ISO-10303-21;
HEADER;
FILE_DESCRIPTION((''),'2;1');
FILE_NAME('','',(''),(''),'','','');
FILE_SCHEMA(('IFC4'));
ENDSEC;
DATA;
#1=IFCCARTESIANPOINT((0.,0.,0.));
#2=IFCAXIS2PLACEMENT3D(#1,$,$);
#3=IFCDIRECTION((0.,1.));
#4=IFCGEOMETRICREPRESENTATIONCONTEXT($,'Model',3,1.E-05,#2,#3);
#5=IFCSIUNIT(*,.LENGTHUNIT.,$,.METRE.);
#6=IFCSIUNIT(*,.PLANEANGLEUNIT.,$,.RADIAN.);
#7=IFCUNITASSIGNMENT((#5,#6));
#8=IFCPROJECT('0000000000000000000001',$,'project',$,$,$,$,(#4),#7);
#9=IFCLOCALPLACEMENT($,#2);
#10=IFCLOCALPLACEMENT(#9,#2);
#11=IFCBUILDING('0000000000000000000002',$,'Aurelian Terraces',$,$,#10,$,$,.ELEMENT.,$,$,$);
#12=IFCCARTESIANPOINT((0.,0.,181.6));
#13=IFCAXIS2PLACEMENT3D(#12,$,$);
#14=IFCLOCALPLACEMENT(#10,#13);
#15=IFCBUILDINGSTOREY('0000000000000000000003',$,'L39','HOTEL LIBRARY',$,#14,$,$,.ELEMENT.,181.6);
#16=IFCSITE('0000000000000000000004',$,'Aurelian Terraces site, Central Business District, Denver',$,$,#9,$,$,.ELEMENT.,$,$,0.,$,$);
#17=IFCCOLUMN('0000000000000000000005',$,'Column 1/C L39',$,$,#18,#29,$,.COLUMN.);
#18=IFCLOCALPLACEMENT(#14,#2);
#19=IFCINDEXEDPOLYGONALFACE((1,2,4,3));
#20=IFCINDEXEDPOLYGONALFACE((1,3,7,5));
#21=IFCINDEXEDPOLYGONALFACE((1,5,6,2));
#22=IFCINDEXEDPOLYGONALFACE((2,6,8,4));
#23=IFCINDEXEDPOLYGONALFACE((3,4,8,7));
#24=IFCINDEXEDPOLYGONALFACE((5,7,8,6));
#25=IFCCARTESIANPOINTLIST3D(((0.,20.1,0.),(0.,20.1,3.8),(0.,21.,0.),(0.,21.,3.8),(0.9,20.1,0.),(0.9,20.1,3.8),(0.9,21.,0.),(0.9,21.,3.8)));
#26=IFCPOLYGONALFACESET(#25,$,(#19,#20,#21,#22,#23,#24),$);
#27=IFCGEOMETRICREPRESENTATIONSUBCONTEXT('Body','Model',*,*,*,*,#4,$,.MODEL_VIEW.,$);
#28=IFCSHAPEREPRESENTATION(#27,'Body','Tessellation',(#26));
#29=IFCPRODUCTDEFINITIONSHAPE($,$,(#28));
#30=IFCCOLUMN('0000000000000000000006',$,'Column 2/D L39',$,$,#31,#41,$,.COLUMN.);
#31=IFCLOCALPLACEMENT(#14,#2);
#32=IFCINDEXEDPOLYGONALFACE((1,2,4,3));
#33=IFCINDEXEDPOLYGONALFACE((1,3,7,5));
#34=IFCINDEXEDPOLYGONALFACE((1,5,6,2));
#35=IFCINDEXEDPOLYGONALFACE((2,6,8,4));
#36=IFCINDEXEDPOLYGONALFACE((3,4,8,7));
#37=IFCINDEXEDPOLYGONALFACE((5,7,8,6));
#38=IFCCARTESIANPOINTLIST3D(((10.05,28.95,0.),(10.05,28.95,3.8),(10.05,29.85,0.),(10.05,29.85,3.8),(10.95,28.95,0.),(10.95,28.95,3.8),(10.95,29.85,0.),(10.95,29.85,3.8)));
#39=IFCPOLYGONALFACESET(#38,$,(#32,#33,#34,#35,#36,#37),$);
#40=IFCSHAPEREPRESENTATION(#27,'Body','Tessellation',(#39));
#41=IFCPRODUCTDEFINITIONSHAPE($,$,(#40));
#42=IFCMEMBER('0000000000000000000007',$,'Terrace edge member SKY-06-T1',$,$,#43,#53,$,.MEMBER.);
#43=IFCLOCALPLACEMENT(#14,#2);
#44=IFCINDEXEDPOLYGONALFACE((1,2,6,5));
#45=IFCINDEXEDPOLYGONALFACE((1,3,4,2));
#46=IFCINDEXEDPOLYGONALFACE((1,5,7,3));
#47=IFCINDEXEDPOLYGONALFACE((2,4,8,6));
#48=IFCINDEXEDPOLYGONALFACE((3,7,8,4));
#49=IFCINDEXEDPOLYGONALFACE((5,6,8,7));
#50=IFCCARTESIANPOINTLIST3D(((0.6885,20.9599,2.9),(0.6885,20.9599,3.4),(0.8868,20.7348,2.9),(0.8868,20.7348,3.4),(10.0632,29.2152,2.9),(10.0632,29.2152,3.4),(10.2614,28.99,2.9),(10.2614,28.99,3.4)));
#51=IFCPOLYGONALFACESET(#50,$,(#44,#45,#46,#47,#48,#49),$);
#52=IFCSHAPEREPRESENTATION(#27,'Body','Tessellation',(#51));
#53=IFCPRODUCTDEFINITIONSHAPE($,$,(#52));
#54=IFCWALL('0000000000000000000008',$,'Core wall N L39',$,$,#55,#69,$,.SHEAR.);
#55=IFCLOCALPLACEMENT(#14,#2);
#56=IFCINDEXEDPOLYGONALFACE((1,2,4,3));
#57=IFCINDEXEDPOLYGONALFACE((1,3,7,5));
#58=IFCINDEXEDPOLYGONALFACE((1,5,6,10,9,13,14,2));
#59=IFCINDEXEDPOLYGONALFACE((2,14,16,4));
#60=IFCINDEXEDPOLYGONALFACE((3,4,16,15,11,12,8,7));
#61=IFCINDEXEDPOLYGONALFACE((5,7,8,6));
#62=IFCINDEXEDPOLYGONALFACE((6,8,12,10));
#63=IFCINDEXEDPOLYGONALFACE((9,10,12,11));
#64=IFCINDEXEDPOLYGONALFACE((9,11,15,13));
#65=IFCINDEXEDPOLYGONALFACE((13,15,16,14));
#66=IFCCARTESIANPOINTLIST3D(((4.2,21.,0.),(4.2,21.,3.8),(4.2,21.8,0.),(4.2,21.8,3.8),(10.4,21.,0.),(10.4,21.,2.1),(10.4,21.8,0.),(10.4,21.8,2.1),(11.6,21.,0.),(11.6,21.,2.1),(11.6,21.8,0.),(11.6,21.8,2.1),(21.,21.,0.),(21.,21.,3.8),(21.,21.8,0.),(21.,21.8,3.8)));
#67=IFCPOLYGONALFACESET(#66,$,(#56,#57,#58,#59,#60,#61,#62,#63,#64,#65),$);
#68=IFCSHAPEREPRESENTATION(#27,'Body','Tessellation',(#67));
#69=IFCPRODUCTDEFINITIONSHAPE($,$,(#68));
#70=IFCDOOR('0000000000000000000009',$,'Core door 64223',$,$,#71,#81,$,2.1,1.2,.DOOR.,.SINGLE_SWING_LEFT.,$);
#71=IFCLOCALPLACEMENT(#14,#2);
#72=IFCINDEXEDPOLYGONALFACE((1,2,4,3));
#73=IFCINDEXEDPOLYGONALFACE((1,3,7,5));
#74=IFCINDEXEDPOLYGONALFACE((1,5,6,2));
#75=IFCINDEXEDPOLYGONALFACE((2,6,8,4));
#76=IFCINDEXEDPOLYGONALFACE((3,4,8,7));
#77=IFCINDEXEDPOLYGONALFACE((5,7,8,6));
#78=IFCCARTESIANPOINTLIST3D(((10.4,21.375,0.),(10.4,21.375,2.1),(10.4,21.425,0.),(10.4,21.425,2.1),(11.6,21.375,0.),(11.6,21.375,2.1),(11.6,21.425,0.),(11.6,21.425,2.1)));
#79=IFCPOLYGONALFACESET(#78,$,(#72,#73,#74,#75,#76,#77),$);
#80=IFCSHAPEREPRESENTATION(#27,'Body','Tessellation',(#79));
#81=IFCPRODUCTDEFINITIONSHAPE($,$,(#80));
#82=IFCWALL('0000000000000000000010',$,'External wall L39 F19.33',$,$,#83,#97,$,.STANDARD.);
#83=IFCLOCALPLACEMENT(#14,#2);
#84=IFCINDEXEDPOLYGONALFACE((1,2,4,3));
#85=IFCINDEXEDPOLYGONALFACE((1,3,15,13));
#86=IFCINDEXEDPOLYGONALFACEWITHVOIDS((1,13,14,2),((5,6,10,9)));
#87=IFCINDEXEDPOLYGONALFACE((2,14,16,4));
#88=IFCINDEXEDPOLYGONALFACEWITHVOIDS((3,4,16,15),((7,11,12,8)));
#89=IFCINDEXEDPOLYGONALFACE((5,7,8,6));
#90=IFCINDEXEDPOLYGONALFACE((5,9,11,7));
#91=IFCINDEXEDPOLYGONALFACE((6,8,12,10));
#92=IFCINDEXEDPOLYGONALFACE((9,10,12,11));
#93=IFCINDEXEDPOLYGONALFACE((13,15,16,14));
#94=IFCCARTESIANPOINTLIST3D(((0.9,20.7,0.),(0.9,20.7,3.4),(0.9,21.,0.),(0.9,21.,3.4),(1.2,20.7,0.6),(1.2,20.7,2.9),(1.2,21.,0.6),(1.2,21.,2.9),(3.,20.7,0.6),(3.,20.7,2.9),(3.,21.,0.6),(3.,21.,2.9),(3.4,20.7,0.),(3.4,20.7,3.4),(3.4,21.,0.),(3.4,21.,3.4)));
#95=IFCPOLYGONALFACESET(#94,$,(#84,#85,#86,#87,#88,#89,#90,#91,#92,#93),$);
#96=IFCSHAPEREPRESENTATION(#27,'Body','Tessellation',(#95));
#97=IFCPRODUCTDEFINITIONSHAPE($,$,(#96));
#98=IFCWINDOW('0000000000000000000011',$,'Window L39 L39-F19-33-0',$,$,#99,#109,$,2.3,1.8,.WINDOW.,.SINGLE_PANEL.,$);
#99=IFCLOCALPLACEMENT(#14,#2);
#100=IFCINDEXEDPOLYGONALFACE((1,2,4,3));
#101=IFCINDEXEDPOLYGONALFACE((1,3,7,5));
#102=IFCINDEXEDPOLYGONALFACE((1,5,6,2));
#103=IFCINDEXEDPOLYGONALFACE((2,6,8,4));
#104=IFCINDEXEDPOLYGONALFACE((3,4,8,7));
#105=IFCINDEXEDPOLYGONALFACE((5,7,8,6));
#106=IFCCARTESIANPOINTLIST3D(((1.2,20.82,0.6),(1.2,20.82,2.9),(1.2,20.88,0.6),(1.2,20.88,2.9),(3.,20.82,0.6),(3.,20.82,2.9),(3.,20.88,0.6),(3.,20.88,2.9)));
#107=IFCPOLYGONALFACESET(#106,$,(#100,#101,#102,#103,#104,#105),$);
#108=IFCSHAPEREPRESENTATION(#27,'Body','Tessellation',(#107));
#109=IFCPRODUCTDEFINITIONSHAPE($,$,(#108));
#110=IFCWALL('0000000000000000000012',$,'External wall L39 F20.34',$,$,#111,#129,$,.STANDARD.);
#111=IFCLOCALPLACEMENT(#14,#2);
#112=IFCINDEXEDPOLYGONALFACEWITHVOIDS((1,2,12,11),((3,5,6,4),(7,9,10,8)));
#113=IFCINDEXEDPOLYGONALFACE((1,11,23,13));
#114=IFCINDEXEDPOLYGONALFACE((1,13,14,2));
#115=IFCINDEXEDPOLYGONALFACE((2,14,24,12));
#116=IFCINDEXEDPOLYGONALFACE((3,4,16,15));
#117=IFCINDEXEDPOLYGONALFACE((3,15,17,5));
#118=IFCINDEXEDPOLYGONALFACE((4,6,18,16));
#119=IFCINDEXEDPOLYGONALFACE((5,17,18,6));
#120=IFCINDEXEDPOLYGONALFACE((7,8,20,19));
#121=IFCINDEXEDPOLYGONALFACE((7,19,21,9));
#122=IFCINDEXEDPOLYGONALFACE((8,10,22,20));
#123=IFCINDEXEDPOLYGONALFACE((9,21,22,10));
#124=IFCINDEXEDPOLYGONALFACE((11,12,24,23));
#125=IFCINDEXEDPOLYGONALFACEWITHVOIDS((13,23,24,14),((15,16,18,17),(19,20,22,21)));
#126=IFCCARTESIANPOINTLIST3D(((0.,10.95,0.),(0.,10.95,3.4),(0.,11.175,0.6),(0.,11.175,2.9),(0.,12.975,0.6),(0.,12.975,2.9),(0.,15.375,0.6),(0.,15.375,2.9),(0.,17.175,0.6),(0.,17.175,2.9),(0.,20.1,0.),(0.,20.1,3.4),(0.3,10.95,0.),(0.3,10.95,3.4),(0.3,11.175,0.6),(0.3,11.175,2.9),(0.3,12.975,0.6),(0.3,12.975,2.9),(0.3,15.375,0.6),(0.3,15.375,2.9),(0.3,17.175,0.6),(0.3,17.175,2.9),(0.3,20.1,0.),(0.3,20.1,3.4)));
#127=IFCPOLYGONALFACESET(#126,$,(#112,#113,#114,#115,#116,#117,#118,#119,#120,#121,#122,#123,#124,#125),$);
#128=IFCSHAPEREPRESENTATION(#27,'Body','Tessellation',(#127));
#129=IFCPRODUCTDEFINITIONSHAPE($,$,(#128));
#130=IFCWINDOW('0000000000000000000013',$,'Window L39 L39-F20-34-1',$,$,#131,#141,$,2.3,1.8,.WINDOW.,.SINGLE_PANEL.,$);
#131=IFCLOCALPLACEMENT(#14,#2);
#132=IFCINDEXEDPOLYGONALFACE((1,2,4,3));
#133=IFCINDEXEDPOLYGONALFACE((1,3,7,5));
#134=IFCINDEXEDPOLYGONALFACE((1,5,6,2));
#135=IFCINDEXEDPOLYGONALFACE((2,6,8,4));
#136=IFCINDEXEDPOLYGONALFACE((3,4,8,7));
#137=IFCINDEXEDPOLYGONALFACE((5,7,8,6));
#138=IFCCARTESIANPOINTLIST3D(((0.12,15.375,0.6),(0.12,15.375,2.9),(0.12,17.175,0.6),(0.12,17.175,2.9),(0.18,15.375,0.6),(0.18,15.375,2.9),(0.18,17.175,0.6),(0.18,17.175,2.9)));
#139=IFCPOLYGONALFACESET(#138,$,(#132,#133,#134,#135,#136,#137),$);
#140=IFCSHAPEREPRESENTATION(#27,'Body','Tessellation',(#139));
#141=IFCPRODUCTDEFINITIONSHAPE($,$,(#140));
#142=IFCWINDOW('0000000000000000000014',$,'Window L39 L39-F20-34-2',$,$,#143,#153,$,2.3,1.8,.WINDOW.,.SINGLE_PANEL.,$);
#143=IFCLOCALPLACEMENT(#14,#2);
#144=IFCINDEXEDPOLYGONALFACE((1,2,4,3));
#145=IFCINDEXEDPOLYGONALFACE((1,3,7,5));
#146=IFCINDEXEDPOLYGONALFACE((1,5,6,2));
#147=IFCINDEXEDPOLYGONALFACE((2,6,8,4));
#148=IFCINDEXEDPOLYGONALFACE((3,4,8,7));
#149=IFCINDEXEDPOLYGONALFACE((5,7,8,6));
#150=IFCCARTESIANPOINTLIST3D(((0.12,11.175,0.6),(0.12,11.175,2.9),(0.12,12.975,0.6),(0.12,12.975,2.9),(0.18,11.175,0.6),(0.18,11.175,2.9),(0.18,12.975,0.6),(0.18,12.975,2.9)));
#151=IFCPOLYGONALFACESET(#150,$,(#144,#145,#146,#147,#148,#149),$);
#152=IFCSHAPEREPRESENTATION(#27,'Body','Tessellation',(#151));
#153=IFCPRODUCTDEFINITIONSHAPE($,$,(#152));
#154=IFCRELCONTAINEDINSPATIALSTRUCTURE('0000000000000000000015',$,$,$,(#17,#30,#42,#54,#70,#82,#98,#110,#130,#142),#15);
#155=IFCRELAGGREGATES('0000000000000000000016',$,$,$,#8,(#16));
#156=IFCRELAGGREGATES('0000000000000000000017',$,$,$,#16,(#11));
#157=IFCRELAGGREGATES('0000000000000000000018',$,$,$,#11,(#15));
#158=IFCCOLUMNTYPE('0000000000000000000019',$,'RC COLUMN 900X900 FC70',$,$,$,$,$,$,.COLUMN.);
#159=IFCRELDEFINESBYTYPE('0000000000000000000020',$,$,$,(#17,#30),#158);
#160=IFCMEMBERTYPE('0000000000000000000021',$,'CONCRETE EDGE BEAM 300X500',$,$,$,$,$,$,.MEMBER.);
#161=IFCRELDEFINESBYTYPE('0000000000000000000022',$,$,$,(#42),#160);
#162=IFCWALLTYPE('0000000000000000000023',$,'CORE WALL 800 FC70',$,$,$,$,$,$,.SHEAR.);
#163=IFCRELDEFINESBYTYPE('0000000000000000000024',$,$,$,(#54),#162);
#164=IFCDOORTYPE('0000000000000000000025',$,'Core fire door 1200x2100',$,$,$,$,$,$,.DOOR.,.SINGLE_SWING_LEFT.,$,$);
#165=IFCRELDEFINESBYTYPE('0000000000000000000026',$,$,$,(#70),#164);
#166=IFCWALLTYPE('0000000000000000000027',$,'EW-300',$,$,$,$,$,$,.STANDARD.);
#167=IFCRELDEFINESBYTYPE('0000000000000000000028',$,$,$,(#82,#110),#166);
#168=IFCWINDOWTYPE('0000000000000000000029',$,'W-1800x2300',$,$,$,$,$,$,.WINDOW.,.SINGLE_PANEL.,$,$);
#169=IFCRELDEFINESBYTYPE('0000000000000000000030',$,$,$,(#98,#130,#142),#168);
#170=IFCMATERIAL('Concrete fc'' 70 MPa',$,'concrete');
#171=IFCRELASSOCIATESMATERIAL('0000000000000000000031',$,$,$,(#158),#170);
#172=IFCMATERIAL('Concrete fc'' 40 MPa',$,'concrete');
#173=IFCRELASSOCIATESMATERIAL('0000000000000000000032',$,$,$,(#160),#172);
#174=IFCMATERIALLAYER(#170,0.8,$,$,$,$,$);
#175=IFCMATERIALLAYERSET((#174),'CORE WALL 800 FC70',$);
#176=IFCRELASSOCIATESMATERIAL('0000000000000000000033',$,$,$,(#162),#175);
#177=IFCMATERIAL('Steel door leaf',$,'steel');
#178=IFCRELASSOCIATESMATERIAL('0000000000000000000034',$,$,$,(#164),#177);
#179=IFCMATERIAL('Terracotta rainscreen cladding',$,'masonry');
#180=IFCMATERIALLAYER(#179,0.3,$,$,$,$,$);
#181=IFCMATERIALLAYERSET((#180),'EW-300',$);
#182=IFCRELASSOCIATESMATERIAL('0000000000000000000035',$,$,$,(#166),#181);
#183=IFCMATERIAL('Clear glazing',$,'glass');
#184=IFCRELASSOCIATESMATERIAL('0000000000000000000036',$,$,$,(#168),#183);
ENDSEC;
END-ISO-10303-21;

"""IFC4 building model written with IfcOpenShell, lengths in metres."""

from ifc_helpers import new_model, si_unit, direction, frame, frame_2d, origin, origin_2d, place, context, subcontext, project, spatial, rectangle, extrude, source, transform, mapped, material, layer, layer_set, material_profile, profile_set, type_object, element, fill, save


model = new_model("IFC4")

# Units and contexts
model_context = context("Model", 3, precision=1e-05, world=origin(), true_north=direction((0.0, 1.0)))
body_context = subcontext(model_context, "Body", "Model", "MODEL_VIEW")
ifc_project = project(units=[si_unit("LENGTHUNIT", "METRE"), si_unit("PLANEANGLEUNIT", "RADIAN")], contexts=[model_context])

# Site, building, storey
site_placement = place(None, origin())
site = spatial("IfcSite", under=ifc_project, at=site_placement, Name="Aurelian Terraces site, Central Business District, Denver", CompositionType="ELEMENT", RefElevation=0.0)
building_placement = place(site_placement, origin())
building = spatial("IfcBuilding", under=site, at=building_placement, Name="Aurelian Terraces", CompositionType="ELEMENT")
storey_placement = place(building_placement, frame((0.0, 0.0, 181.6)))
storey = spatial("IfcBuildingStorey", under=building, at=storey_placement, Name="L39", Description="HOTEL LIBRARY", CompositionType="ELEMENT", Elevation=181.6)

# Columns
ifc_material_1 = material(Name="Concrete fc' 70 MPa", Category="concrete")
ifc_material_profile_1 = material_profile(ifc_material_1, rectangle(XDim=0.9, YDim=0.9, at=origin_2d()))
ifc_profile_set_1 = profile_set([ifc_material_profile_1], Name="Concrete fc' 70 MPa")
column_type = type_object("IfcColumnType", Name="RC COLUMN 900X900 FC70", PredefinedType="COLUMN", material=ifc_profile_set_1)
shared_shape_1 = source(origin(), body_context, "Body", "SweptSolid", [
    extrude(rectangle(XDim=0.9, YDim=0.9, at=origin_2d()), origin(), (0.0, 0.0, 1.0), 3.8),
])
for number, where, z_axis, x_axis, name in (
    (1, (0.45, 20.55, 0.0), (0.0, 0.0, 1.0), (1.0, 0.0, 0.0), "Column 1/C L39"),
    (2, (10.5, 29.4, 0.0), (0.0, 0.0, 1.0), (1.0, 0.0, 0.0), "Column 2/D L39"),
):
    element("IfcColumn", number, at=place(storey_placement, frame(where, z_axis=z_axis, x_axis=x_axis)), inside=storey, type_object=column_type, Name=name, PredefinedType="COLUMN", context=body_context, shape_type="MappedRepresentation", body=[
        mapped(shared_shape_1, transform((0.0, 0.0, 0.0), scale=1.0)),
    ])

# Member
ifc_material_2 = material(Name="Concrete fc' 40 MPa", Category="concrete")
ifc_material_profile_2 = material_profile(ifc_material_2, rectangle(XDim=0.3, YDim=0.5, at=origin_2d()))
ifc_profile_set_2 = profile_set([ifc_material_profile_2], Name="Concrete fc' 40 MPa")
member_type = type_object("IfcMemberType", Name="CONCRETE EDGE BEAM 300X500", PredefinedType="MEMBER", material=ifc_profile_set_2)
member_placement = place(storey_placement, frame((10.1623, 29.1026, 3.15), z_axis=(-0.750493, -0.660878, 0.0), x_axis=(0.660878, -0.750493, 0.0)))
element("IfcMember", 3, at=member_placement, inside=storey, type_object=member_type, Name="Terrace edge member SKY-06-T1", PredefinedType="MEMBER", context=body_context, shape_type="SweptSolid", body=[
    extrude(rectangle(XDim=0.3, YDim=0.5, at=origin_2d()), origin(), (0.0, 0.0, 1.0), 12.4913),
])

# Wall, opening, door
ifc_layer_1 = layer(ifc_material_1, 0.8)
ifc_layer_set_1 = layer_set([ifc_layer_1], Name="CORE WALL 800 FC70")
wall_type_1 = type_object("IfcWallType", Name="CORE WALL 800 FC70", PredefinedType="SHEAR", material=ifc_layer_set_1)
shared_shape_2 = source(origin(), body_context, "Body", "SweptSolid", [
    extrude(rectangle(XDim=16.8, YDim=0.8, at=frame_2d((8.4, 0.0))), origin(), (0.0, 0.0, 1.0), 3.8),
])
wall_1_placement = place(storey_placement, frame((4.2, 21.4, 0.0), z_axis=(0.0, 0.0, 1.0), x_axis=(1.0, 0.0, 0.0)))
wall_1 = element("IfcWall", 4, at=wall_1_placement, inside=storey, type_object=wall_type_1, Name="Core wall N L39", PredefinedType="SHEAR", context=body_context, shape_type="MappedRepresentation", body=[
    mapped(shared_shape_2, transform((0.0, 0.0, 0.0), scale=1.0)),
])
shared_shape_3 = source(origin(), body_context, "Body", "SweptSolid", [
    extrude(rectangle(XDim=1.2, YDim=2.1, at=frame_2d((0.6, 1.05))), frame((0.0, 0.41, 0.0), z_axis=(0.0, -1.0, 0.0), x_axis=(1.0, 0.0, 0.0)), (0.0, 0.0, 1.0), 0.82),
])
opening_1_placement = place(wall_1_placement, frame((6.2, 0.0, 0.0)))
opening_1 = element("IfcOpeningElement", 5, at=opening_1_placement, cuts=wall_1, PredefinedType="OPENING", context=body_context, shape_type="MappedRepresentation", body=[
    mapped(shared_shape_3, transform((0.0, 0.0, 0.0), scale=1.0)),
])
ifc_material_3 = material(Name="Steel door leaf", Category="steel")
door_type_1 = type_object("IfcDoorType", Name="Core fire door 1200x2100", OperationType="SINGLE_SWING_LEFT", PredefinedType="DOOR", material=ifc_material_3)
shared_shape_4 = source(origin(), body_context, "Body", "SweptSolid", [
    extrude(rectangle(XDim=1.2, YDim=2.1, at=frame_2d((0.6, 1.05))), frame((0.0, 0.025, 0.0), z_axis=(0.0, -1.0, 0.0), x_axis=(1.0, 0.0, 0.0)), (0.0, 0.0, 1.0), 0.05),
])
door_1_placement = place(opening_1_placement, origin())
door_1 = element("IfcDoor", 6, at=door_1_placement, inside=storey, type_object=door_type_1, Name="Core door 64223", OperationType="SINGLE_SWING_LEFT", OverallHeight=2.1, OverallWidth=1.2, PredefinedType="DOOR", context=body_context, shape_type="MappedRepresentation", body=[
    mapped(shared_shape_4, transform((0.0, 0.0, 0.0), scale=1.0)),
])
fill(opening_1, door_1)

# Wall, opening, window
ifc_material_4 = material(Name="Terracotta rainscreen cladding", Category="masonry")
ifc_layer_2 = layer(ifc_material_4, 0.3)
ifc_layer_set_2 = layer_set([ifc_layer_2], Name="EW-300")
wall_type_2 = type_object("IfcWallType", Name="EW-300", PredefinedType="STANDARD", material=ifc_layer_set_2)
shared_shape_5 = source(origin(), body_context, "Body", "SweptSolid", [
    extrude(rectangle(XDim=2.5, YDim=0.3, at=frame_2d((1.25, 0.0))), origin(), (0.0, 0.0, 1.0), 3.4),
])
wall_2_placement = place(storey_placement, frame((3.4, 20.85, 0.0), z_axis=(0.0, 0.0, 1.0), x_axis=(-1.0, 0.0, 0.0)))
wall_2 = element("IfcWall", 7, at=wall_2_placement, inside=storey, type_object=wall_type_2, Name="External wall L39 F19.33", PredefinedType="STANDARD", context=body_context, shape_type="MappedRepresentation", body=[
    mapped(shared_shape_5, transform((0.0, 0.0, 0.0), scale=1.0)),
])
shared_shape_6 = source(origin(), body_context, "Body", "SweptSolid", [
    extrude(rectangle(XDim=1.8, YDim=2.3, at=frame_2d((0.9, 1.15))), frame((0.0, 0.16, 0.0), z_axis=(0.0, -1.0, 0.0), x_axis=(1.0, 0.0, 0.0)), (0.0, 0.0, 1.0), 0.32),
])
opening_2_placement = place(wall_2_placement, frame((0.4, 0.0, 0.6)))
opening_2 = element("IfcOpeningElement", 8, at=opening_2_placement, cuts=wall_2, PredefinedType="OPENING", context=body_context, shape_type="MappedRepresentation", body=[
    mapped(shared_shape_6, transform((0.0, 0.0, 0.0), scale=1.0)),
])
ifc_material_5 = material(Name="Clear glazing", Category="glass")
window_type = type_object("IfcWindowType", Name="W-1800x2300", PartitioningType="SINGLE_PANEL", PredefinedType="WINDOW", material=ifc_material_5)
shared_shape_7 = source(origin(), body_context, "Body", "SweptSolid", [
    extrude(rectangle(XDim=1.8, YDim=2.3, at=frame_2d((0.9, 1.15))), frame((0.0, 0.03, 0.0), z_axis=(0.0, -1.0, 0.0), x_axis=(1.0, 0.0, 0.0)), (0.0, 0.0, 1.0), 0.06),
])
window_1_placement = place(opening_2_placement, origin())
window_1 = element("IfcWindow", 9, at=window_1_placement, inside=storey, type_object=window_type, Name="Window L39 L39-F19-33-0", OverallHeight=2.3, OverallWidth=1.8, PartitioningType="SINGLE_PANEL", PredefinedType="WINDOW", context=body_context, shape_type="MappedRepresentation", body=[
    mapped(shared_shape_7, transform((0.0, 0.0, 0.0), scale=1.0)),
])
fill(opening_2, window_1)

# Wall, openings, windows
shared_shape_8 = source(origin(), body_context, "Body", "SweptSolid", [
    extrude(rectangle(XDim=9.15, YDim=0.3, at=frame_2d((4.575, 0.0))), origin(), (0.0, 0.0, 1.0), 3.4),
])
wall_3_placement = place(storey_placement, frame((0.15, 20.1, 0.0), z_axis=(0.0, 0.0, 1.0), x_axis=(0.0, -1.0, 0.0)))
wall_3 = element("IfcWall", 10, at=wall_3_placement, inside=storey, type_object=wall_type_2, Name="External wall L39 F20.34", PredefinedType="STANDARD", context=body_context, shape_type="MappedRepresentation", body=[
    mapped(shared_shape_8, transform((0.0, 0.0, 0.0), scale=1.0)),
])
opening_3_placement = place(wall_3_placement, frame((2.925, 0.0, 0.6)))
opening_3 = element("IfcOpeningElement", 11, at=opening_3_placement, cuts=wall_3, PredefinedType="OPENING", context=body_context, shape_type="MappedRepresentation", body=[
    mapped(shared_shape_6, transform((0.0, 0.0, 0.0), scale=1.0)),
])
opening_4_placement = place(wall_3_placement, frame((7.125, 0.0, 0.6)))
opening_4 = element("IfcOpeningElement", 12, at=opening_4_placement, cuts=wall_3, PredefinedType="OPENING", context=body_context, shape_type="MappedRepresentation", body=[
    mapped(shared_shape_6, transform((0.0, 0.0, 0.0), scale=1.0)),
])
window_2_placement = place(opening_3_placement, origin())
window_2 = element("IfcWindow", 13, at=window_2_placement, inside=storey, type_object=window_type, Name="Window L39 L39-F20-34-1", OverallHeight=2.3, OverallWidth=1.8, PartitioningType="SINGLE_PANEL", PredefinedType="WINDOW", context=body_context, shape_type="MappedRepresentation", body=[
    mapped(shared_shape_7, transform((0.0, 0.0, 0.0), scale=1.0)),
])
fill(opening_3, window_2)
window_3_placement = place(opening_4_placement, origin())
window_3 = element("IfcWindow", 14, at=window_3_placement, inside=storey, type_object=window_type, Name="Window L39 L39-F20-34-2", OverallHeight=2.3, OverallWidth=1.8, PartitioningType="SINGLE_PANEL", PredefinedType="WINDOW", context=body_context, shape_type="MappedRepresentation", body=[
    mapped(shared_shape_7, transform((0.0, 0.0, 0.0), scale=1.0)),
])
fill(opening_4, window_3)

save(model, "model.ifc")
